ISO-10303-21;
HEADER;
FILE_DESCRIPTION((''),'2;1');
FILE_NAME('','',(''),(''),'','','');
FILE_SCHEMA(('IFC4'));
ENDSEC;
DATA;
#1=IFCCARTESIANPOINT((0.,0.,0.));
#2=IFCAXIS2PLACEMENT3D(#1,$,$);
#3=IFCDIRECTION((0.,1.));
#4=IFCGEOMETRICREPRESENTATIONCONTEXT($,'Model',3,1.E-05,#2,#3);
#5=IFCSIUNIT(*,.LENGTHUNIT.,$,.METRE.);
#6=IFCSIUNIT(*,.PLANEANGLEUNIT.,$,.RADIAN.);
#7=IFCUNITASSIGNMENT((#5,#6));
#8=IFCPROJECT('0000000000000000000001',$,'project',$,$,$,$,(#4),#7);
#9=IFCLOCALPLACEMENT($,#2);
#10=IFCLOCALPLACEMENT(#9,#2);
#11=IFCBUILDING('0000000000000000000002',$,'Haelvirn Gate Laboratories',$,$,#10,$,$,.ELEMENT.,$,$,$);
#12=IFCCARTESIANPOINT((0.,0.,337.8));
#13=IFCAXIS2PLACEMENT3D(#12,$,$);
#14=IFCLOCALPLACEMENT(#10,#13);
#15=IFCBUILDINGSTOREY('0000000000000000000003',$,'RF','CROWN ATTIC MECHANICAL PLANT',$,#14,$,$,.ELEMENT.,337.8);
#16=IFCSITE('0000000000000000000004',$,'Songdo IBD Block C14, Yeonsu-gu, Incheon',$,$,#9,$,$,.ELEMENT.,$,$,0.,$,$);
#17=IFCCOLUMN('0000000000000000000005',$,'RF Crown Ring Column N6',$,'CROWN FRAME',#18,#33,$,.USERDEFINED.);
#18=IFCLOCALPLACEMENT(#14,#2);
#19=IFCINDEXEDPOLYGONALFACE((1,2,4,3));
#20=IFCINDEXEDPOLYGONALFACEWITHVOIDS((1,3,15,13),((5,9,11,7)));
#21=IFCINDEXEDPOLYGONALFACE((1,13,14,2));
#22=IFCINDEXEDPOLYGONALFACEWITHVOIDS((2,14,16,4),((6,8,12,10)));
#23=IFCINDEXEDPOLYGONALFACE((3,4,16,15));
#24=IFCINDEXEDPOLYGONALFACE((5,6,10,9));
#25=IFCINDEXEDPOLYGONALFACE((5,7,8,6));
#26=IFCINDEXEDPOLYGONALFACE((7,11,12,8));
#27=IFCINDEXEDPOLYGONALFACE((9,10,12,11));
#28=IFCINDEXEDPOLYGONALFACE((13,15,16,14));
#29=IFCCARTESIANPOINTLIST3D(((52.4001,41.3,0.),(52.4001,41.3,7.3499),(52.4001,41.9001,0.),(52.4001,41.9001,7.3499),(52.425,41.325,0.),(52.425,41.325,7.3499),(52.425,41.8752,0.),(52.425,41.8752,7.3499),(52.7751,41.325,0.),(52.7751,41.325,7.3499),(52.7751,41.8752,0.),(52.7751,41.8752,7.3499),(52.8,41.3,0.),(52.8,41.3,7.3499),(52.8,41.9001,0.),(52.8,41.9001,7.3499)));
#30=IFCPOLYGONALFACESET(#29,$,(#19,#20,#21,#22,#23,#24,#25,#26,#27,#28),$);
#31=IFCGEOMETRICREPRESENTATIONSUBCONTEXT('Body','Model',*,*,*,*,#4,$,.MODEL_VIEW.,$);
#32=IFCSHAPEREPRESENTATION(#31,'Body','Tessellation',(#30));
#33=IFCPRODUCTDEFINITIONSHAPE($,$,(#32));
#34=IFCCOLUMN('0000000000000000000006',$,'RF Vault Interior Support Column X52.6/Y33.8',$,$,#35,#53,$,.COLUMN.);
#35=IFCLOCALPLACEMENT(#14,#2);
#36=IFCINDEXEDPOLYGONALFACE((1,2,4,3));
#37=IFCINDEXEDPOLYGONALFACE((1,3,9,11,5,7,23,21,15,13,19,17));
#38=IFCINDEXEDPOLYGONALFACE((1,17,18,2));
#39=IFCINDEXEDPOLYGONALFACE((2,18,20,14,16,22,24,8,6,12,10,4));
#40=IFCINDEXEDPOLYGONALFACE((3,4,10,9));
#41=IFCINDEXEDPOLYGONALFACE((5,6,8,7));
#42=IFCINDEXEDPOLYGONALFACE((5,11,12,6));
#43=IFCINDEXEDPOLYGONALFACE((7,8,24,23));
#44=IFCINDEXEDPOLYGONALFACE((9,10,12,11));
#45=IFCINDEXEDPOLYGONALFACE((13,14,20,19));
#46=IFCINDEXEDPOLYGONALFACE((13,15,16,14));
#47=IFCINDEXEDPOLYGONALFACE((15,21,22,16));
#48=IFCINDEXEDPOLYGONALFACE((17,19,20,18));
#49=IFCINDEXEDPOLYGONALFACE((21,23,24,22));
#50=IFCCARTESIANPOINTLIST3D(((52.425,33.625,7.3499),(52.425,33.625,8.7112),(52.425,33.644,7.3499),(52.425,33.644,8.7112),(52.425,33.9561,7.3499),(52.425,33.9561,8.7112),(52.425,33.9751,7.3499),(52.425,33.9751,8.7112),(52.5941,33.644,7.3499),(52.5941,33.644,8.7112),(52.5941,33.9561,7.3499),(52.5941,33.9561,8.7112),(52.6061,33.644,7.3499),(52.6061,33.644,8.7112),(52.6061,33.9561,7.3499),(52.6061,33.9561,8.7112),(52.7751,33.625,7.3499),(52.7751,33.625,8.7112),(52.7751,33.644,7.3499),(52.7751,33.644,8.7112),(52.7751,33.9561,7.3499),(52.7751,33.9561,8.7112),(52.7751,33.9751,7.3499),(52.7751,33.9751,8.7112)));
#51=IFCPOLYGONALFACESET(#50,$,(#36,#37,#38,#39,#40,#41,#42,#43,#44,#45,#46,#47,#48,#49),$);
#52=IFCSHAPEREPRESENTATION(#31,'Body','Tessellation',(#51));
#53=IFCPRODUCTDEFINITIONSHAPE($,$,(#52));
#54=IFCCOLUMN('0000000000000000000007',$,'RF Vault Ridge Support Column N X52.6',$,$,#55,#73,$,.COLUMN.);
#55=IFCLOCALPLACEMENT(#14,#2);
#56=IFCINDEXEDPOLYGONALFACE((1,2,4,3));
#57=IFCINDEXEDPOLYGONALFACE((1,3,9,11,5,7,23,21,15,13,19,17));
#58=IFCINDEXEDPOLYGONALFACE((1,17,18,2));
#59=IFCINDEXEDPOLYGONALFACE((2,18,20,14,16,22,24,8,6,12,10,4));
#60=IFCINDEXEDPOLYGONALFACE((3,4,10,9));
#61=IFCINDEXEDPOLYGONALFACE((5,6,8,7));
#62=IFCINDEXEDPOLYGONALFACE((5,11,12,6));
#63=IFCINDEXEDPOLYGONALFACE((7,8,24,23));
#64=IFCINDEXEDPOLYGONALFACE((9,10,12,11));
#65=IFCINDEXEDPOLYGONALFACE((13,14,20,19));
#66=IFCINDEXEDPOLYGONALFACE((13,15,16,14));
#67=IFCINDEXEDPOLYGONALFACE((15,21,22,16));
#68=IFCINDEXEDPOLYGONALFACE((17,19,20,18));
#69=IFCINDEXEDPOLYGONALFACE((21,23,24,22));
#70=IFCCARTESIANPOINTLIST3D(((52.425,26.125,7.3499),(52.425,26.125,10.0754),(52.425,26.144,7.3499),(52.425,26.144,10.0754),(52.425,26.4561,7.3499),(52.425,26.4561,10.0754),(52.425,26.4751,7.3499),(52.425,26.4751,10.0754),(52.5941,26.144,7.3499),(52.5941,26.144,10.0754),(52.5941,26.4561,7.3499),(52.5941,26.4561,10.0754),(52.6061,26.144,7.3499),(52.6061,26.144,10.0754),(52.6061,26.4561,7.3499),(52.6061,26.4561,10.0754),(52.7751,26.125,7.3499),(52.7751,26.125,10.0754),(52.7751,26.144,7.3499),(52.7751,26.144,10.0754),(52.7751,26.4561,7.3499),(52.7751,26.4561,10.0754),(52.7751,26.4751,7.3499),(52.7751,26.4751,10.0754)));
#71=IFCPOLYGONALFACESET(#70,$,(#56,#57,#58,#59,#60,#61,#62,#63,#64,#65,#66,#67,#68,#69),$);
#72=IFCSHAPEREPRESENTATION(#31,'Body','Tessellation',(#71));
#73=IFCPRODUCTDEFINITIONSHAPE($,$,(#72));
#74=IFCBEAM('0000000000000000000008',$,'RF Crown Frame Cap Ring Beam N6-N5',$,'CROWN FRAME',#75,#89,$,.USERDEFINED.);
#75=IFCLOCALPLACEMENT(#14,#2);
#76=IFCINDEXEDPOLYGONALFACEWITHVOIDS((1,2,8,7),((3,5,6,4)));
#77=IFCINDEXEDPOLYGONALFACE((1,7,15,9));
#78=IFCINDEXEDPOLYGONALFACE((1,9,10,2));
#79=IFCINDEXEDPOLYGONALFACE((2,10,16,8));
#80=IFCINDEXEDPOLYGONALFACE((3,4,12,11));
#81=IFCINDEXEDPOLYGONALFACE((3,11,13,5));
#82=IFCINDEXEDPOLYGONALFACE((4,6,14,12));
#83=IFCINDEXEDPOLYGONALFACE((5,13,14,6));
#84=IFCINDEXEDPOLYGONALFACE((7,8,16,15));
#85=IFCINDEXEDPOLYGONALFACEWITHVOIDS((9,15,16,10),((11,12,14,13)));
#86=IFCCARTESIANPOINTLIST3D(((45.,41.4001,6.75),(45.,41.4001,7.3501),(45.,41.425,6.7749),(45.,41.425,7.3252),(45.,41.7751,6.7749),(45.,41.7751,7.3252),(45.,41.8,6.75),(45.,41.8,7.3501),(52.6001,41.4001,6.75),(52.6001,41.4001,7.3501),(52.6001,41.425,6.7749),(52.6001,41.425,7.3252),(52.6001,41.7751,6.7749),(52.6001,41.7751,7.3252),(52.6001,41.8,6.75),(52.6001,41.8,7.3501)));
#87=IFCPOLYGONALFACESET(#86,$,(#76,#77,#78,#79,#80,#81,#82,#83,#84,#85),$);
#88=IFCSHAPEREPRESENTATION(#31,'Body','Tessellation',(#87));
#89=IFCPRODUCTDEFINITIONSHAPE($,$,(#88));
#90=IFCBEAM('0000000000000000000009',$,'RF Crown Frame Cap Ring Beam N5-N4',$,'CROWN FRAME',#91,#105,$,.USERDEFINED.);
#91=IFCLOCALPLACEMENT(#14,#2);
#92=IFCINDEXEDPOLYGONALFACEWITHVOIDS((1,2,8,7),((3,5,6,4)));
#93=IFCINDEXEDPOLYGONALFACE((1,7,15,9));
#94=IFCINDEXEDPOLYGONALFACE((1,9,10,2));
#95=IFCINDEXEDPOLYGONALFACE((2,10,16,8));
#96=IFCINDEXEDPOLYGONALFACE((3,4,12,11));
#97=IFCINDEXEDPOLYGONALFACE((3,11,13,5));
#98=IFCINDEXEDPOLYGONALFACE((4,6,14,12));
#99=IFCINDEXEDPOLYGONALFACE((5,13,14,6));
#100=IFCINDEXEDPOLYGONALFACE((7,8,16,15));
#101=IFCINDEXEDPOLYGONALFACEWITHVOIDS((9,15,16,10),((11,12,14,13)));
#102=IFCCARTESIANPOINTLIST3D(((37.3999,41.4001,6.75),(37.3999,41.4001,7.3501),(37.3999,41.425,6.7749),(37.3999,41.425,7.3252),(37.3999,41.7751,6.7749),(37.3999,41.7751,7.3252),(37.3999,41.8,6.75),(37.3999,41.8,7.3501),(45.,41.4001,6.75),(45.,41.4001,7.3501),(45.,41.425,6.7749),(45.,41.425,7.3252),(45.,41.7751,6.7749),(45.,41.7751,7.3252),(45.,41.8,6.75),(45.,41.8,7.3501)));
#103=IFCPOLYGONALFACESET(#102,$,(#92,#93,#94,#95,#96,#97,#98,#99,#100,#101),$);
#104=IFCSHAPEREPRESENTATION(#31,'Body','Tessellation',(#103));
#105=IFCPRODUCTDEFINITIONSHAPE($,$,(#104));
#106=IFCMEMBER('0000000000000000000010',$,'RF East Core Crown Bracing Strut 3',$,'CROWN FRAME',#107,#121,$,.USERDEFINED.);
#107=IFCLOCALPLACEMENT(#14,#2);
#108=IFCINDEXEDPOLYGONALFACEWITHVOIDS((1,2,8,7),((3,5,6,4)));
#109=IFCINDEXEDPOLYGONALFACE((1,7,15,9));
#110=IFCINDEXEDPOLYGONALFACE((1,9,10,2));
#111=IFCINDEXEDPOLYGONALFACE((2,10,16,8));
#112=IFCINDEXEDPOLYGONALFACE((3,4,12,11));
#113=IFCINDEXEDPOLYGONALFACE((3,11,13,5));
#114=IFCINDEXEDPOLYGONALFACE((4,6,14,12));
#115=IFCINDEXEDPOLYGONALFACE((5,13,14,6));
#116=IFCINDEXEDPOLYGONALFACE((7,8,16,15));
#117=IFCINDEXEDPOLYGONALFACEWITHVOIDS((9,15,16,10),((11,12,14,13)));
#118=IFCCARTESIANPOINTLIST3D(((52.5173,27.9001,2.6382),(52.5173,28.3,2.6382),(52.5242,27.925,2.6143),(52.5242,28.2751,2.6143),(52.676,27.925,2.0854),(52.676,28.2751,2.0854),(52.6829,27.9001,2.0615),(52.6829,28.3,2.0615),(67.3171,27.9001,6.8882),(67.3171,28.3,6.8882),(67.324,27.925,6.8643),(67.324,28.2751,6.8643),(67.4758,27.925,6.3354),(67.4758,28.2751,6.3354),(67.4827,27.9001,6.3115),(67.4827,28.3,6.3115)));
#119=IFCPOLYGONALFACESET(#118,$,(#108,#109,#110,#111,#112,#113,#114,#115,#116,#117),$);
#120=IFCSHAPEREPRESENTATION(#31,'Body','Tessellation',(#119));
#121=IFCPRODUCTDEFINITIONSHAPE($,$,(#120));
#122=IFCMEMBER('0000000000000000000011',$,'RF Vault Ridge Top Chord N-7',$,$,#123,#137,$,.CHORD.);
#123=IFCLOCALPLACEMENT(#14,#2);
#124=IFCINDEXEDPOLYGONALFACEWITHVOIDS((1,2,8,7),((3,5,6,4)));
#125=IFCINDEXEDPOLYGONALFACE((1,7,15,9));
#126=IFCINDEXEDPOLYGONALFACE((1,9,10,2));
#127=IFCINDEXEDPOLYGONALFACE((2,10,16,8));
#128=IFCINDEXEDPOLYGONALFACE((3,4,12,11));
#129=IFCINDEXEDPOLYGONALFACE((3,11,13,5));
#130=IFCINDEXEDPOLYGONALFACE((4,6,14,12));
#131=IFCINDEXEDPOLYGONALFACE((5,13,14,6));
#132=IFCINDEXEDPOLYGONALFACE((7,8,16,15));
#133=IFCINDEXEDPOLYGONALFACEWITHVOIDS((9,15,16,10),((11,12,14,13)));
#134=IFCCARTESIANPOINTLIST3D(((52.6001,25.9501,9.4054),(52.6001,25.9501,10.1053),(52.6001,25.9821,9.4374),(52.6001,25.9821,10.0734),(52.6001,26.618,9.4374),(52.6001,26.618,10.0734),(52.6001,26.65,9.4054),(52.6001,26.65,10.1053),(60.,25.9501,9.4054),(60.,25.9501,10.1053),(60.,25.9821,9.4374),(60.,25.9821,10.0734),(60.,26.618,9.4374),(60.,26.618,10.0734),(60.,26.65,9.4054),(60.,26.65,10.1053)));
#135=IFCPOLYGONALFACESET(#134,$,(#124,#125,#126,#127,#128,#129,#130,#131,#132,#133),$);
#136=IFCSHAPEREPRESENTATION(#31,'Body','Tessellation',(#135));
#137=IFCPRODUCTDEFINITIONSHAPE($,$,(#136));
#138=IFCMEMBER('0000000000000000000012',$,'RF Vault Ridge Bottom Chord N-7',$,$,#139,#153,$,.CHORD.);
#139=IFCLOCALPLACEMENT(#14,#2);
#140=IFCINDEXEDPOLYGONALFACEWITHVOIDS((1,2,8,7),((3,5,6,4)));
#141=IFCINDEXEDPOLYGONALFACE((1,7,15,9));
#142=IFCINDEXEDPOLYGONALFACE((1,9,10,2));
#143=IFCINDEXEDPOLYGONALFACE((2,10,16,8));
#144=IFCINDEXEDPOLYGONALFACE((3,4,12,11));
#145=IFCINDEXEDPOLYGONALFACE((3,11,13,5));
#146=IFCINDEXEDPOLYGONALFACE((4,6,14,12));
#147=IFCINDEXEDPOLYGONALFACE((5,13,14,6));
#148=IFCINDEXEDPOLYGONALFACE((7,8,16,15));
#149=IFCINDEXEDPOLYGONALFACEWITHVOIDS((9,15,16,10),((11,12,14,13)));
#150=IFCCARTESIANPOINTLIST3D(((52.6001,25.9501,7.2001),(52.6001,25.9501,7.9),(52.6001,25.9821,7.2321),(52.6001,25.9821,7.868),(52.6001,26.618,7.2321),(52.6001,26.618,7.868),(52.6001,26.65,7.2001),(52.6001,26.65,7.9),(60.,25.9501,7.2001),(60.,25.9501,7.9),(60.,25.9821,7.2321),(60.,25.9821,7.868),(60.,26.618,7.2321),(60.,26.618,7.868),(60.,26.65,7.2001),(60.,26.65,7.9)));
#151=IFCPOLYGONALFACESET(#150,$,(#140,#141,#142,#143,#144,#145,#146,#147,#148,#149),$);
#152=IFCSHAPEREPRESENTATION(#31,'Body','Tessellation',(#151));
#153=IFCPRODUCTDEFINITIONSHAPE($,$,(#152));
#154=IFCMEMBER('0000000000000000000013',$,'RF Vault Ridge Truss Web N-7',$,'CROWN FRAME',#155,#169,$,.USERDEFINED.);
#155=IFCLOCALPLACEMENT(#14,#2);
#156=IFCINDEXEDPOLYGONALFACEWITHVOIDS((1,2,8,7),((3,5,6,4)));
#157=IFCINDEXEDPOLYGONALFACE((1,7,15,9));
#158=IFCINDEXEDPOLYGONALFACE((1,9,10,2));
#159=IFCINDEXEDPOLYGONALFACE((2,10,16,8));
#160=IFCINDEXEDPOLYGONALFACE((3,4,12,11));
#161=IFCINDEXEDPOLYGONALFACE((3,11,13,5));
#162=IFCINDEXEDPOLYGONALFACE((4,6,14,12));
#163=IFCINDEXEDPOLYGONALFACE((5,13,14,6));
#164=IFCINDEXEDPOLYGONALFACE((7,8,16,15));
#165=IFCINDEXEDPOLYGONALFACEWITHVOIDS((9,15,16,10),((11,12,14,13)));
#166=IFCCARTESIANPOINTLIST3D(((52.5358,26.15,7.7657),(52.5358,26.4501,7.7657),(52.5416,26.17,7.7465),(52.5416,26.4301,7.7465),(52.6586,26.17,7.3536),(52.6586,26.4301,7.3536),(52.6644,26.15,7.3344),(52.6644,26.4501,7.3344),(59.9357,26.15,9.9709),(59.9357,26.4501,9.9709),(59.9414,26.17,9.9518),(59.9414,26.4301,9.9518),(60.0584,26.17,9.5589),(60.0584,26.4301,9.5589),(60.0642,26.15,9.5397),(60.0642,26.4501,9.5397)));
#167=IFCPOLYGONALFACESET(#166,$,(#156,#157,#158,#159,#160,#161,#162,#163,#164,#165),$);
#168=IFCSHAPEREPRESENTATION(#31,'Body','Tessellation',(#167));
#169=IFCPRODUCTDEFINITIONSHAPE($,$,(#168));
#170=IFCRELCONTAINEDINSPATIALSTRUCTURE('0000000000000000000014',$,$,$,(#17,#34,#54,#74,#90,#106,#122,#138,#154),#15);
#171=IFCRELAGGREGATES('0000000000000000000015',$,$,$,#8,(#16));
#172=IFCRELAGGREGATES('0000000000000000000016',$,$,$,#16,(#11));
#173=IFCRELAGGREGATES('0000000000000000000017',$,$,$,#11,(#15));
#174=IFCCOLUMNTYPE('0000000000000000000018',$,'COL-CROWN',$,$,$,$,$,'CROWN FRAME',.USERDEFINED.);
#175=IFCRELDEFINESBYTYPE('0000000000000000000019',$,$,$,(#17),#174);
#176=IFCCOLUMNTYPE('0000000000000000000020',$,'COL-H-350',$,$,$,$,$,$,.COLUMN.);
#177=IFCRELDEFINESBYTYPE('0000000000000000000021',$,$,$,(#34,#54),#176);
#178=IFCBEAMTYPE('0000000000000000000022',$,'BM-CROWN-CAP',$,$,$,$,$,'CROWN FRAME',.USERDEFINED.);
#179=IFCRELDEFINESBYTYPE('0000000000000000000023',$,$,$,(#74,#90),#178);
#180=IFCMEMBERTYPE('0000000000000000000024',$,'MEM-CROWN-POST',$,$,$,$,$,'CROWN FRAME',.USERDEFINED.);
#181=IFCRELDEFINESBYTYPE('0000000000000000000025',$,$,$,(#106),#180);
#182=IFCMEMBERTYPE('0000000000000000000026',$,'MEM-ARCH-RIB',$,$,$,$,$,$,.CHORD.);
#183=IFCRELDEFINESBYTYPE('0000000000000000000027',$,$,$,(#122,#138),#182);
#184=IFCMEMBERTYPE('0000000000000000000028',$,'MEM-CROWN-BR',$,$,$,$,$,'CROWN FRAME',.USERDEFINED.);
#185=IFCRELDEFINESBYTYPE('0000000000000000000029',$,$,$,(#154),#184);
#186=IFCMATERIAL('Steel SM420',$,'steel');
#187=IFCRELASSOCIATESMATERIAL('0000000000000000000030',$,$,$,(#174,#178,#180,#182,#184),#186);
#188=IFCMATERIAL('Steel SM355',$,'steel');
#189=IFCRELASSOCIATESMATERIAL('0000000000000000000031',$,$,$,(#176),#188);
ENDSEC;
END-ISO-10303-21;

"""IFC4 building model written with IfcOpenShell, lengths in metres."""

from ifc_helpers import new_model, si_unit, direction, frame, origin, origin_2d, place, context, subcontext, project, spatial, hollow_rectangle, i_section, extrude, source, transform, mapped, material, material_profile, profile_set, type_object, type_shapes, element, save


model = new_model("IFC4")

# Units and contexts
model_context = context("Model", 3, precision=1e-05, world=origin(), true_north=direction((0.0, 1.0)))
body_context = subcontext(model_context, "Body", "Model", "MODEL_VIEW")
ifc_project = project(units=[si_unit("LENGTHUNIT", "METRE"), si_unit("PLANEANGLEUNIT", "RADIAN")], contexts=[model_context])

# Site, building, storey
site_placement = place(None, origin())
site = spatial("IfcSite", under=ifc_project, at=site_placement, Name="Songdo IBD Block C14, Yeonsu-gu, Incheon", CompositionType="ELEMENT", RefElevation=0.0)
building_placement = place(site_placement, origin())
building = spatial("IfcBuilding", under=site, at=building_placement, Name="Haelvirn Gate Laboratories", CompositionType="ELEMENT")
storey_placement = place(building_placement, frame((0.0, 0.0, 337.8)))
storey = spatial("IfcBuildingStorey", under=building, at=storey_placement, Name="RF", Description="CROWN ATTIC MECHANICAL PLANT", CompositionType="ELEMENT", Elevation=337.8)

# Columns
ifc_material_1 = material(Name="Steel SM420", Category="steel")
ifc_material_profile_1 = material_profile(ifc_material_1, hollow_rectangle(XDim=0.3999, YDim=0.6001, WallThickness=0.0249, at=origin_2d()), Name="BOX-600x400x25")
ifc_profile_set_1 = profile_set([ifc_material_profile_1], Name="Steel SM420")
column_type_1 = type_object("IfcColumnType", Name="COL-CROWN", ElementType="CROWN FRAME", PredefinedType="USERDEFINED", material=ifc_profile_set_1)
shared_shape_1 = source(origin(), body_context, "Body", "SweptSolid", [
    extrude(hollow_rectangle(XDim=0.3999, YDim=0.6001, WallThickness=0.0249, at=origin_2d()), origin(), (0.0, 0.0, 1.0), 7.3499),
])
type_shapes(column_type_1, [shared_shape_1])
column_1_placement = place(storey_placement, frame((52.6001, 41.6001, 0.0), z_axis=(0.0, 0.0, 1.0), x_axis=(1.0, 0.0, 0.0)))
element("IfcColumn", 1, at=column_1_placement, inside=storey, type_object=column_type_1, Name="RF Crown Ring Column N6", ObjectType="CROWN FRAME", PredefinedType="USERDEFINED", context=body_context, shape_type="MappedRepresentation", body=[
    mapped(shared_shape_1, transform((0.0, 0.0, 0.0), scale=1.0)),
])
ifc_material_2 = material(Name="Steel SM355", Category="steel")
ifc_material_profile_2 = material_profile(ifc_material_2, i_section(OverallWidth=0.3501, OverallDepth=0.3501, WebThickness=0.012, FlangeThickness=0.019, at=origin_2d()), Name="H-350x350x12x19")
ifc_profile_set_2 = profile_set([ifc_material_profile_2], Name="Steel SM355")
column_type_2 = type_object("IfcColumnType", Name="COL-H-350", PredefinedType="COLUMN", material=ifc_profile_set_2)
shared_shape_2 = source(origin(), body_context, "Body", "SweptSolid", [
    extrude(i_section(OverallWidth=0.3501, OverallDepth=0.3501, WebThickness=0.012, FlangeThickness=0.019, at=origin_2d()), origin(), (0.0, 0.0, 1.0), 1.3613),
])
column_2_placement = place(storey_placement, frame((52.6001, 33.8, 7.3499), z_axis=(0.0, 0.0, 1.0), x_axis=(1.0, 0.0, 0.0)))
element("IfcColumn", 2, at=column_2_placement, inside=storey, type_object=column_type_2, Name="RF Vault Interior Support Column X52.6/Y33.8", PredefinedType="COLUMN", context=body_context, shape_type="MappedRepresentation", body=[
    mapped(shared_shape_2, transform((0.0, 0.0, 0.0), scale=1.0)),
])
shared_shape_3 = source(origin(), body_context, "Body", "SweptSolid", [
    extrude(i_section(OverallWidth=0.3501, OverallDepth=0.3501, WebThickness=0.012, FlangeThickness=0.019, at=origin_2d()), origin(), (0.0, 0.0, 1.0), 2.7256),
])
type_shapes(column_type_2, [shared_shape_2, shared_shape_3])
column_3_placement = place(storey_placement, frame((52.6001, 26.3, 7.3499), z_axis=(0.0, 0.0, 1.0), x_axis=(1.0, 0.0, 0.0)))
element("IfcColumn", 3, at=column_3_placement, inside=storey, type_object=column_type_2, Name="RF Vault Ridge Support Column N X52.6", PredefinedType="COLUMN", context=body_context, shape_type="MappedRepresentation", body=[
    mapped(shared_shape_3, transform((0.0, 0.0, 0.0), scale=1.0)),
])

# Beams
ifc_material_profile_3 = material_profile(ifc_material_1, hollow_rectangle(XDim=0.3999, YDim=0.6001, WallThickness=0.0249, at=origin_2d()), Name="BOX-600x400x25")
ifc_profile_set_3 = profile_set([ifc_material_profile_3], Name="Steel SM420")
beam_type = type_object("IfcBeamType", Name="BM-CROWN-CAP", ElementType="CROWN FRAME", PredefinedType="USERDEFINED", material=ifc_profile_set_3)
shared_shape_4 = source(origin(), body_context, "Body", "SweptSolid", [
    extrude(hollow_rectangle(XDim=0.3999, YDim=0.6001, WallThickness=0.0249, at=origin_2d()), origin(), (0.0, 0.0, 1.0), 7.6001),
])
type_shapes(beam_type, [shared_shape_4])
for number, where, z_axis, x_axis, name in (
    (4, (52.6001, 41.6001, 7.05), (-1.0, 0.0, 0.0), (0.0, -1.0, 0.0), "RF Crown Frame Cap Ring Beam N6-N5"),
    (5, (45.0, 41.6001, 7.05), (-1.0, 0.0, 0.0), (0.0, -1.0, 0.0), "RF Crown Frame Cap Ring Beam N5-N4"),
):
    element("IfcBeam", number, at=place(storey_placement, frame(where, z_axis=z_axis, x_axis=x_axis)), inside=storey, type_object=beam_type, Name=name, ObjectType="CROWN FRAME", PredefinedType="USERDEFINED", context=body_context, shape_type="MappedRepresentation", body=[
        mapped(shared_shape_4, transform((0.0, 0.0, 0.0), scale=1.0)),
    ])

# Members
ifc_material_profile_4 = material_profile(ifc_material_1, hollow_rectangle(XDim=0.3999, YDim=0.6001, WallThickness=0.0249, at=origin_2d()), Name="BOX-600x400x25")
ifc_profile_set_4 = profile_set([ifc_material_profile_4], Name="Steel SM420")
member_type_1 = type_object("IfcMemberType", Name="MEM-CROWN-POST", ElementType="CROWN FRAME", PredefinedType="USERDEFINED", material=ifc_profile_set_4)
shared_shape_5 = source(origin(), body_context, "Body", "SweptSolid", [
    extrude(hollow_rectangle(XDim=0.3999, YDim=0.6001, WallThickness=0.0249, at=origin_2d()), origin(), (0.0, 0.0, 1.0), 15.3979),
])
type_shapes(member_type_1, [shared_shape_5])
member_1_placement = place(storey_placement, frame((52.6001, 28.1001, 2.3499), z_axis=(0.961155, 0.0, 0.276011), x_axis=(0.0, 1.0, 0.0)))
element("IfcMember", 6, at=member_1_placement, inside=storey, type_object=member_type_1, Name="RF East Core Crown Bracing Strut 3", ObjectType="CROWN FRAME", PredefinedType="USERDEFINED", context=body_context, shape_type="MappedRepresentation", body=[
    mapped(shared_shape_5, transform((0.0, 0.0, 0.0), scale=1.0)),
])
ifc_material_profile_5 = material_profile(ifc_material_1, hollow_rectangle(XDim=0.7, YDim=0.7, WallThickness=0.032, at=origin_2d()), Name="BOX-700x700x32")
ifc_profile_set_5 = profile_set([ifc_material_profile_5], Name="Steel SM420")
member_type_2 = type_object("IfcMemberType", Name="MEM-ARCH-RIB", PredefinedType="CHORD", material=ifc_profile_set_5)
shared_shape_6 = source(origin(), body_context, "Body", "SweptSolid", [
    extrude(hollow_rectangle(XDim=0.7, YDim=0.7, WallThickness=0.032, at=origin_2d()), origin(), (0.0, 0.0, 1.0), 7.3999),
])
type_shapes(member_type_2, [shared_shape_6])
for number, where, z_axis, x_axis, name in (
    (7, (52.6001, 26.3, 9.7554), (1.0, 0.0, 0.0), (0.0, 1.0, 0.0), "RF Vault Ridge Top Chord N-7"),
    (8, (52.6001, 26.3, 7.55), (1.0, 0.0, 0.0), (0.0, 1.0, 0.0), "RF Vault Ridge Bottom Chord N-7"),
):
    element("IfcMember", number, at=place(storey_placement, frame(where, z_axis=z_axis, x_axis=x_axis)), inside=storey, type_object=member_type_2, Name=name, PredefinedType="CHORD", context=body_context, shape_type="MappedRepresentation", body=[
        mapped(shared_shape_6, transform((0.0, 0.0, 0.0), scale=1.0)),
    ])
ifc_material_profile_6 = material_profile(ifc_material_1, hollow_rectangle(XDim=0.3, YDim=0.45, WallThickness=0.02, at=origin_2d()), Name="BOX-450x300x20")
ifc_profile_set_6 = profile_set([ifc_material_profile_6], Name="Steel SM420")
member_type_3 = type_object("IfcMemberType", Name="MEM-CROWN-BR", ElementType="CROWN FRAME", PredefinedType="USERDEFINED", material=ifc_profile_set_6)
shared_shape_7 = source(origin(), body_context, "Body", "SweptSolid", [
    extrude(hollow_rectangle(XDim=0.3, YDim=0.45, WallThickness=0.02, at=origin_2d()), origin(), (0.0, 0.0, 1.0), 7.7214),
])
type_shapes(member_type_3, [shared_shape_7])
member_2_placement = place(storey_placement, frame((52.6001, 26.3, 7.55), z_axis=(0.958347, 0.0, 0.285607), x_axis=(0.0, 1.0, 0.0)))
element("IfcMember", 9, at=member_2_placement, inside=storey, type_object=member_type_3, Name="RF Vault Ridge Truss Web N-7", ObjectType="CROWN FRAME", PredefinedType="USERDEFINED", context=body_context, shape_type="MappedRepresentation", body=[
    mapped(shared_shape_7, transform((0.0, 0.0, 0.0), scale=1.0)),
])

save(model, "model.ifc")
